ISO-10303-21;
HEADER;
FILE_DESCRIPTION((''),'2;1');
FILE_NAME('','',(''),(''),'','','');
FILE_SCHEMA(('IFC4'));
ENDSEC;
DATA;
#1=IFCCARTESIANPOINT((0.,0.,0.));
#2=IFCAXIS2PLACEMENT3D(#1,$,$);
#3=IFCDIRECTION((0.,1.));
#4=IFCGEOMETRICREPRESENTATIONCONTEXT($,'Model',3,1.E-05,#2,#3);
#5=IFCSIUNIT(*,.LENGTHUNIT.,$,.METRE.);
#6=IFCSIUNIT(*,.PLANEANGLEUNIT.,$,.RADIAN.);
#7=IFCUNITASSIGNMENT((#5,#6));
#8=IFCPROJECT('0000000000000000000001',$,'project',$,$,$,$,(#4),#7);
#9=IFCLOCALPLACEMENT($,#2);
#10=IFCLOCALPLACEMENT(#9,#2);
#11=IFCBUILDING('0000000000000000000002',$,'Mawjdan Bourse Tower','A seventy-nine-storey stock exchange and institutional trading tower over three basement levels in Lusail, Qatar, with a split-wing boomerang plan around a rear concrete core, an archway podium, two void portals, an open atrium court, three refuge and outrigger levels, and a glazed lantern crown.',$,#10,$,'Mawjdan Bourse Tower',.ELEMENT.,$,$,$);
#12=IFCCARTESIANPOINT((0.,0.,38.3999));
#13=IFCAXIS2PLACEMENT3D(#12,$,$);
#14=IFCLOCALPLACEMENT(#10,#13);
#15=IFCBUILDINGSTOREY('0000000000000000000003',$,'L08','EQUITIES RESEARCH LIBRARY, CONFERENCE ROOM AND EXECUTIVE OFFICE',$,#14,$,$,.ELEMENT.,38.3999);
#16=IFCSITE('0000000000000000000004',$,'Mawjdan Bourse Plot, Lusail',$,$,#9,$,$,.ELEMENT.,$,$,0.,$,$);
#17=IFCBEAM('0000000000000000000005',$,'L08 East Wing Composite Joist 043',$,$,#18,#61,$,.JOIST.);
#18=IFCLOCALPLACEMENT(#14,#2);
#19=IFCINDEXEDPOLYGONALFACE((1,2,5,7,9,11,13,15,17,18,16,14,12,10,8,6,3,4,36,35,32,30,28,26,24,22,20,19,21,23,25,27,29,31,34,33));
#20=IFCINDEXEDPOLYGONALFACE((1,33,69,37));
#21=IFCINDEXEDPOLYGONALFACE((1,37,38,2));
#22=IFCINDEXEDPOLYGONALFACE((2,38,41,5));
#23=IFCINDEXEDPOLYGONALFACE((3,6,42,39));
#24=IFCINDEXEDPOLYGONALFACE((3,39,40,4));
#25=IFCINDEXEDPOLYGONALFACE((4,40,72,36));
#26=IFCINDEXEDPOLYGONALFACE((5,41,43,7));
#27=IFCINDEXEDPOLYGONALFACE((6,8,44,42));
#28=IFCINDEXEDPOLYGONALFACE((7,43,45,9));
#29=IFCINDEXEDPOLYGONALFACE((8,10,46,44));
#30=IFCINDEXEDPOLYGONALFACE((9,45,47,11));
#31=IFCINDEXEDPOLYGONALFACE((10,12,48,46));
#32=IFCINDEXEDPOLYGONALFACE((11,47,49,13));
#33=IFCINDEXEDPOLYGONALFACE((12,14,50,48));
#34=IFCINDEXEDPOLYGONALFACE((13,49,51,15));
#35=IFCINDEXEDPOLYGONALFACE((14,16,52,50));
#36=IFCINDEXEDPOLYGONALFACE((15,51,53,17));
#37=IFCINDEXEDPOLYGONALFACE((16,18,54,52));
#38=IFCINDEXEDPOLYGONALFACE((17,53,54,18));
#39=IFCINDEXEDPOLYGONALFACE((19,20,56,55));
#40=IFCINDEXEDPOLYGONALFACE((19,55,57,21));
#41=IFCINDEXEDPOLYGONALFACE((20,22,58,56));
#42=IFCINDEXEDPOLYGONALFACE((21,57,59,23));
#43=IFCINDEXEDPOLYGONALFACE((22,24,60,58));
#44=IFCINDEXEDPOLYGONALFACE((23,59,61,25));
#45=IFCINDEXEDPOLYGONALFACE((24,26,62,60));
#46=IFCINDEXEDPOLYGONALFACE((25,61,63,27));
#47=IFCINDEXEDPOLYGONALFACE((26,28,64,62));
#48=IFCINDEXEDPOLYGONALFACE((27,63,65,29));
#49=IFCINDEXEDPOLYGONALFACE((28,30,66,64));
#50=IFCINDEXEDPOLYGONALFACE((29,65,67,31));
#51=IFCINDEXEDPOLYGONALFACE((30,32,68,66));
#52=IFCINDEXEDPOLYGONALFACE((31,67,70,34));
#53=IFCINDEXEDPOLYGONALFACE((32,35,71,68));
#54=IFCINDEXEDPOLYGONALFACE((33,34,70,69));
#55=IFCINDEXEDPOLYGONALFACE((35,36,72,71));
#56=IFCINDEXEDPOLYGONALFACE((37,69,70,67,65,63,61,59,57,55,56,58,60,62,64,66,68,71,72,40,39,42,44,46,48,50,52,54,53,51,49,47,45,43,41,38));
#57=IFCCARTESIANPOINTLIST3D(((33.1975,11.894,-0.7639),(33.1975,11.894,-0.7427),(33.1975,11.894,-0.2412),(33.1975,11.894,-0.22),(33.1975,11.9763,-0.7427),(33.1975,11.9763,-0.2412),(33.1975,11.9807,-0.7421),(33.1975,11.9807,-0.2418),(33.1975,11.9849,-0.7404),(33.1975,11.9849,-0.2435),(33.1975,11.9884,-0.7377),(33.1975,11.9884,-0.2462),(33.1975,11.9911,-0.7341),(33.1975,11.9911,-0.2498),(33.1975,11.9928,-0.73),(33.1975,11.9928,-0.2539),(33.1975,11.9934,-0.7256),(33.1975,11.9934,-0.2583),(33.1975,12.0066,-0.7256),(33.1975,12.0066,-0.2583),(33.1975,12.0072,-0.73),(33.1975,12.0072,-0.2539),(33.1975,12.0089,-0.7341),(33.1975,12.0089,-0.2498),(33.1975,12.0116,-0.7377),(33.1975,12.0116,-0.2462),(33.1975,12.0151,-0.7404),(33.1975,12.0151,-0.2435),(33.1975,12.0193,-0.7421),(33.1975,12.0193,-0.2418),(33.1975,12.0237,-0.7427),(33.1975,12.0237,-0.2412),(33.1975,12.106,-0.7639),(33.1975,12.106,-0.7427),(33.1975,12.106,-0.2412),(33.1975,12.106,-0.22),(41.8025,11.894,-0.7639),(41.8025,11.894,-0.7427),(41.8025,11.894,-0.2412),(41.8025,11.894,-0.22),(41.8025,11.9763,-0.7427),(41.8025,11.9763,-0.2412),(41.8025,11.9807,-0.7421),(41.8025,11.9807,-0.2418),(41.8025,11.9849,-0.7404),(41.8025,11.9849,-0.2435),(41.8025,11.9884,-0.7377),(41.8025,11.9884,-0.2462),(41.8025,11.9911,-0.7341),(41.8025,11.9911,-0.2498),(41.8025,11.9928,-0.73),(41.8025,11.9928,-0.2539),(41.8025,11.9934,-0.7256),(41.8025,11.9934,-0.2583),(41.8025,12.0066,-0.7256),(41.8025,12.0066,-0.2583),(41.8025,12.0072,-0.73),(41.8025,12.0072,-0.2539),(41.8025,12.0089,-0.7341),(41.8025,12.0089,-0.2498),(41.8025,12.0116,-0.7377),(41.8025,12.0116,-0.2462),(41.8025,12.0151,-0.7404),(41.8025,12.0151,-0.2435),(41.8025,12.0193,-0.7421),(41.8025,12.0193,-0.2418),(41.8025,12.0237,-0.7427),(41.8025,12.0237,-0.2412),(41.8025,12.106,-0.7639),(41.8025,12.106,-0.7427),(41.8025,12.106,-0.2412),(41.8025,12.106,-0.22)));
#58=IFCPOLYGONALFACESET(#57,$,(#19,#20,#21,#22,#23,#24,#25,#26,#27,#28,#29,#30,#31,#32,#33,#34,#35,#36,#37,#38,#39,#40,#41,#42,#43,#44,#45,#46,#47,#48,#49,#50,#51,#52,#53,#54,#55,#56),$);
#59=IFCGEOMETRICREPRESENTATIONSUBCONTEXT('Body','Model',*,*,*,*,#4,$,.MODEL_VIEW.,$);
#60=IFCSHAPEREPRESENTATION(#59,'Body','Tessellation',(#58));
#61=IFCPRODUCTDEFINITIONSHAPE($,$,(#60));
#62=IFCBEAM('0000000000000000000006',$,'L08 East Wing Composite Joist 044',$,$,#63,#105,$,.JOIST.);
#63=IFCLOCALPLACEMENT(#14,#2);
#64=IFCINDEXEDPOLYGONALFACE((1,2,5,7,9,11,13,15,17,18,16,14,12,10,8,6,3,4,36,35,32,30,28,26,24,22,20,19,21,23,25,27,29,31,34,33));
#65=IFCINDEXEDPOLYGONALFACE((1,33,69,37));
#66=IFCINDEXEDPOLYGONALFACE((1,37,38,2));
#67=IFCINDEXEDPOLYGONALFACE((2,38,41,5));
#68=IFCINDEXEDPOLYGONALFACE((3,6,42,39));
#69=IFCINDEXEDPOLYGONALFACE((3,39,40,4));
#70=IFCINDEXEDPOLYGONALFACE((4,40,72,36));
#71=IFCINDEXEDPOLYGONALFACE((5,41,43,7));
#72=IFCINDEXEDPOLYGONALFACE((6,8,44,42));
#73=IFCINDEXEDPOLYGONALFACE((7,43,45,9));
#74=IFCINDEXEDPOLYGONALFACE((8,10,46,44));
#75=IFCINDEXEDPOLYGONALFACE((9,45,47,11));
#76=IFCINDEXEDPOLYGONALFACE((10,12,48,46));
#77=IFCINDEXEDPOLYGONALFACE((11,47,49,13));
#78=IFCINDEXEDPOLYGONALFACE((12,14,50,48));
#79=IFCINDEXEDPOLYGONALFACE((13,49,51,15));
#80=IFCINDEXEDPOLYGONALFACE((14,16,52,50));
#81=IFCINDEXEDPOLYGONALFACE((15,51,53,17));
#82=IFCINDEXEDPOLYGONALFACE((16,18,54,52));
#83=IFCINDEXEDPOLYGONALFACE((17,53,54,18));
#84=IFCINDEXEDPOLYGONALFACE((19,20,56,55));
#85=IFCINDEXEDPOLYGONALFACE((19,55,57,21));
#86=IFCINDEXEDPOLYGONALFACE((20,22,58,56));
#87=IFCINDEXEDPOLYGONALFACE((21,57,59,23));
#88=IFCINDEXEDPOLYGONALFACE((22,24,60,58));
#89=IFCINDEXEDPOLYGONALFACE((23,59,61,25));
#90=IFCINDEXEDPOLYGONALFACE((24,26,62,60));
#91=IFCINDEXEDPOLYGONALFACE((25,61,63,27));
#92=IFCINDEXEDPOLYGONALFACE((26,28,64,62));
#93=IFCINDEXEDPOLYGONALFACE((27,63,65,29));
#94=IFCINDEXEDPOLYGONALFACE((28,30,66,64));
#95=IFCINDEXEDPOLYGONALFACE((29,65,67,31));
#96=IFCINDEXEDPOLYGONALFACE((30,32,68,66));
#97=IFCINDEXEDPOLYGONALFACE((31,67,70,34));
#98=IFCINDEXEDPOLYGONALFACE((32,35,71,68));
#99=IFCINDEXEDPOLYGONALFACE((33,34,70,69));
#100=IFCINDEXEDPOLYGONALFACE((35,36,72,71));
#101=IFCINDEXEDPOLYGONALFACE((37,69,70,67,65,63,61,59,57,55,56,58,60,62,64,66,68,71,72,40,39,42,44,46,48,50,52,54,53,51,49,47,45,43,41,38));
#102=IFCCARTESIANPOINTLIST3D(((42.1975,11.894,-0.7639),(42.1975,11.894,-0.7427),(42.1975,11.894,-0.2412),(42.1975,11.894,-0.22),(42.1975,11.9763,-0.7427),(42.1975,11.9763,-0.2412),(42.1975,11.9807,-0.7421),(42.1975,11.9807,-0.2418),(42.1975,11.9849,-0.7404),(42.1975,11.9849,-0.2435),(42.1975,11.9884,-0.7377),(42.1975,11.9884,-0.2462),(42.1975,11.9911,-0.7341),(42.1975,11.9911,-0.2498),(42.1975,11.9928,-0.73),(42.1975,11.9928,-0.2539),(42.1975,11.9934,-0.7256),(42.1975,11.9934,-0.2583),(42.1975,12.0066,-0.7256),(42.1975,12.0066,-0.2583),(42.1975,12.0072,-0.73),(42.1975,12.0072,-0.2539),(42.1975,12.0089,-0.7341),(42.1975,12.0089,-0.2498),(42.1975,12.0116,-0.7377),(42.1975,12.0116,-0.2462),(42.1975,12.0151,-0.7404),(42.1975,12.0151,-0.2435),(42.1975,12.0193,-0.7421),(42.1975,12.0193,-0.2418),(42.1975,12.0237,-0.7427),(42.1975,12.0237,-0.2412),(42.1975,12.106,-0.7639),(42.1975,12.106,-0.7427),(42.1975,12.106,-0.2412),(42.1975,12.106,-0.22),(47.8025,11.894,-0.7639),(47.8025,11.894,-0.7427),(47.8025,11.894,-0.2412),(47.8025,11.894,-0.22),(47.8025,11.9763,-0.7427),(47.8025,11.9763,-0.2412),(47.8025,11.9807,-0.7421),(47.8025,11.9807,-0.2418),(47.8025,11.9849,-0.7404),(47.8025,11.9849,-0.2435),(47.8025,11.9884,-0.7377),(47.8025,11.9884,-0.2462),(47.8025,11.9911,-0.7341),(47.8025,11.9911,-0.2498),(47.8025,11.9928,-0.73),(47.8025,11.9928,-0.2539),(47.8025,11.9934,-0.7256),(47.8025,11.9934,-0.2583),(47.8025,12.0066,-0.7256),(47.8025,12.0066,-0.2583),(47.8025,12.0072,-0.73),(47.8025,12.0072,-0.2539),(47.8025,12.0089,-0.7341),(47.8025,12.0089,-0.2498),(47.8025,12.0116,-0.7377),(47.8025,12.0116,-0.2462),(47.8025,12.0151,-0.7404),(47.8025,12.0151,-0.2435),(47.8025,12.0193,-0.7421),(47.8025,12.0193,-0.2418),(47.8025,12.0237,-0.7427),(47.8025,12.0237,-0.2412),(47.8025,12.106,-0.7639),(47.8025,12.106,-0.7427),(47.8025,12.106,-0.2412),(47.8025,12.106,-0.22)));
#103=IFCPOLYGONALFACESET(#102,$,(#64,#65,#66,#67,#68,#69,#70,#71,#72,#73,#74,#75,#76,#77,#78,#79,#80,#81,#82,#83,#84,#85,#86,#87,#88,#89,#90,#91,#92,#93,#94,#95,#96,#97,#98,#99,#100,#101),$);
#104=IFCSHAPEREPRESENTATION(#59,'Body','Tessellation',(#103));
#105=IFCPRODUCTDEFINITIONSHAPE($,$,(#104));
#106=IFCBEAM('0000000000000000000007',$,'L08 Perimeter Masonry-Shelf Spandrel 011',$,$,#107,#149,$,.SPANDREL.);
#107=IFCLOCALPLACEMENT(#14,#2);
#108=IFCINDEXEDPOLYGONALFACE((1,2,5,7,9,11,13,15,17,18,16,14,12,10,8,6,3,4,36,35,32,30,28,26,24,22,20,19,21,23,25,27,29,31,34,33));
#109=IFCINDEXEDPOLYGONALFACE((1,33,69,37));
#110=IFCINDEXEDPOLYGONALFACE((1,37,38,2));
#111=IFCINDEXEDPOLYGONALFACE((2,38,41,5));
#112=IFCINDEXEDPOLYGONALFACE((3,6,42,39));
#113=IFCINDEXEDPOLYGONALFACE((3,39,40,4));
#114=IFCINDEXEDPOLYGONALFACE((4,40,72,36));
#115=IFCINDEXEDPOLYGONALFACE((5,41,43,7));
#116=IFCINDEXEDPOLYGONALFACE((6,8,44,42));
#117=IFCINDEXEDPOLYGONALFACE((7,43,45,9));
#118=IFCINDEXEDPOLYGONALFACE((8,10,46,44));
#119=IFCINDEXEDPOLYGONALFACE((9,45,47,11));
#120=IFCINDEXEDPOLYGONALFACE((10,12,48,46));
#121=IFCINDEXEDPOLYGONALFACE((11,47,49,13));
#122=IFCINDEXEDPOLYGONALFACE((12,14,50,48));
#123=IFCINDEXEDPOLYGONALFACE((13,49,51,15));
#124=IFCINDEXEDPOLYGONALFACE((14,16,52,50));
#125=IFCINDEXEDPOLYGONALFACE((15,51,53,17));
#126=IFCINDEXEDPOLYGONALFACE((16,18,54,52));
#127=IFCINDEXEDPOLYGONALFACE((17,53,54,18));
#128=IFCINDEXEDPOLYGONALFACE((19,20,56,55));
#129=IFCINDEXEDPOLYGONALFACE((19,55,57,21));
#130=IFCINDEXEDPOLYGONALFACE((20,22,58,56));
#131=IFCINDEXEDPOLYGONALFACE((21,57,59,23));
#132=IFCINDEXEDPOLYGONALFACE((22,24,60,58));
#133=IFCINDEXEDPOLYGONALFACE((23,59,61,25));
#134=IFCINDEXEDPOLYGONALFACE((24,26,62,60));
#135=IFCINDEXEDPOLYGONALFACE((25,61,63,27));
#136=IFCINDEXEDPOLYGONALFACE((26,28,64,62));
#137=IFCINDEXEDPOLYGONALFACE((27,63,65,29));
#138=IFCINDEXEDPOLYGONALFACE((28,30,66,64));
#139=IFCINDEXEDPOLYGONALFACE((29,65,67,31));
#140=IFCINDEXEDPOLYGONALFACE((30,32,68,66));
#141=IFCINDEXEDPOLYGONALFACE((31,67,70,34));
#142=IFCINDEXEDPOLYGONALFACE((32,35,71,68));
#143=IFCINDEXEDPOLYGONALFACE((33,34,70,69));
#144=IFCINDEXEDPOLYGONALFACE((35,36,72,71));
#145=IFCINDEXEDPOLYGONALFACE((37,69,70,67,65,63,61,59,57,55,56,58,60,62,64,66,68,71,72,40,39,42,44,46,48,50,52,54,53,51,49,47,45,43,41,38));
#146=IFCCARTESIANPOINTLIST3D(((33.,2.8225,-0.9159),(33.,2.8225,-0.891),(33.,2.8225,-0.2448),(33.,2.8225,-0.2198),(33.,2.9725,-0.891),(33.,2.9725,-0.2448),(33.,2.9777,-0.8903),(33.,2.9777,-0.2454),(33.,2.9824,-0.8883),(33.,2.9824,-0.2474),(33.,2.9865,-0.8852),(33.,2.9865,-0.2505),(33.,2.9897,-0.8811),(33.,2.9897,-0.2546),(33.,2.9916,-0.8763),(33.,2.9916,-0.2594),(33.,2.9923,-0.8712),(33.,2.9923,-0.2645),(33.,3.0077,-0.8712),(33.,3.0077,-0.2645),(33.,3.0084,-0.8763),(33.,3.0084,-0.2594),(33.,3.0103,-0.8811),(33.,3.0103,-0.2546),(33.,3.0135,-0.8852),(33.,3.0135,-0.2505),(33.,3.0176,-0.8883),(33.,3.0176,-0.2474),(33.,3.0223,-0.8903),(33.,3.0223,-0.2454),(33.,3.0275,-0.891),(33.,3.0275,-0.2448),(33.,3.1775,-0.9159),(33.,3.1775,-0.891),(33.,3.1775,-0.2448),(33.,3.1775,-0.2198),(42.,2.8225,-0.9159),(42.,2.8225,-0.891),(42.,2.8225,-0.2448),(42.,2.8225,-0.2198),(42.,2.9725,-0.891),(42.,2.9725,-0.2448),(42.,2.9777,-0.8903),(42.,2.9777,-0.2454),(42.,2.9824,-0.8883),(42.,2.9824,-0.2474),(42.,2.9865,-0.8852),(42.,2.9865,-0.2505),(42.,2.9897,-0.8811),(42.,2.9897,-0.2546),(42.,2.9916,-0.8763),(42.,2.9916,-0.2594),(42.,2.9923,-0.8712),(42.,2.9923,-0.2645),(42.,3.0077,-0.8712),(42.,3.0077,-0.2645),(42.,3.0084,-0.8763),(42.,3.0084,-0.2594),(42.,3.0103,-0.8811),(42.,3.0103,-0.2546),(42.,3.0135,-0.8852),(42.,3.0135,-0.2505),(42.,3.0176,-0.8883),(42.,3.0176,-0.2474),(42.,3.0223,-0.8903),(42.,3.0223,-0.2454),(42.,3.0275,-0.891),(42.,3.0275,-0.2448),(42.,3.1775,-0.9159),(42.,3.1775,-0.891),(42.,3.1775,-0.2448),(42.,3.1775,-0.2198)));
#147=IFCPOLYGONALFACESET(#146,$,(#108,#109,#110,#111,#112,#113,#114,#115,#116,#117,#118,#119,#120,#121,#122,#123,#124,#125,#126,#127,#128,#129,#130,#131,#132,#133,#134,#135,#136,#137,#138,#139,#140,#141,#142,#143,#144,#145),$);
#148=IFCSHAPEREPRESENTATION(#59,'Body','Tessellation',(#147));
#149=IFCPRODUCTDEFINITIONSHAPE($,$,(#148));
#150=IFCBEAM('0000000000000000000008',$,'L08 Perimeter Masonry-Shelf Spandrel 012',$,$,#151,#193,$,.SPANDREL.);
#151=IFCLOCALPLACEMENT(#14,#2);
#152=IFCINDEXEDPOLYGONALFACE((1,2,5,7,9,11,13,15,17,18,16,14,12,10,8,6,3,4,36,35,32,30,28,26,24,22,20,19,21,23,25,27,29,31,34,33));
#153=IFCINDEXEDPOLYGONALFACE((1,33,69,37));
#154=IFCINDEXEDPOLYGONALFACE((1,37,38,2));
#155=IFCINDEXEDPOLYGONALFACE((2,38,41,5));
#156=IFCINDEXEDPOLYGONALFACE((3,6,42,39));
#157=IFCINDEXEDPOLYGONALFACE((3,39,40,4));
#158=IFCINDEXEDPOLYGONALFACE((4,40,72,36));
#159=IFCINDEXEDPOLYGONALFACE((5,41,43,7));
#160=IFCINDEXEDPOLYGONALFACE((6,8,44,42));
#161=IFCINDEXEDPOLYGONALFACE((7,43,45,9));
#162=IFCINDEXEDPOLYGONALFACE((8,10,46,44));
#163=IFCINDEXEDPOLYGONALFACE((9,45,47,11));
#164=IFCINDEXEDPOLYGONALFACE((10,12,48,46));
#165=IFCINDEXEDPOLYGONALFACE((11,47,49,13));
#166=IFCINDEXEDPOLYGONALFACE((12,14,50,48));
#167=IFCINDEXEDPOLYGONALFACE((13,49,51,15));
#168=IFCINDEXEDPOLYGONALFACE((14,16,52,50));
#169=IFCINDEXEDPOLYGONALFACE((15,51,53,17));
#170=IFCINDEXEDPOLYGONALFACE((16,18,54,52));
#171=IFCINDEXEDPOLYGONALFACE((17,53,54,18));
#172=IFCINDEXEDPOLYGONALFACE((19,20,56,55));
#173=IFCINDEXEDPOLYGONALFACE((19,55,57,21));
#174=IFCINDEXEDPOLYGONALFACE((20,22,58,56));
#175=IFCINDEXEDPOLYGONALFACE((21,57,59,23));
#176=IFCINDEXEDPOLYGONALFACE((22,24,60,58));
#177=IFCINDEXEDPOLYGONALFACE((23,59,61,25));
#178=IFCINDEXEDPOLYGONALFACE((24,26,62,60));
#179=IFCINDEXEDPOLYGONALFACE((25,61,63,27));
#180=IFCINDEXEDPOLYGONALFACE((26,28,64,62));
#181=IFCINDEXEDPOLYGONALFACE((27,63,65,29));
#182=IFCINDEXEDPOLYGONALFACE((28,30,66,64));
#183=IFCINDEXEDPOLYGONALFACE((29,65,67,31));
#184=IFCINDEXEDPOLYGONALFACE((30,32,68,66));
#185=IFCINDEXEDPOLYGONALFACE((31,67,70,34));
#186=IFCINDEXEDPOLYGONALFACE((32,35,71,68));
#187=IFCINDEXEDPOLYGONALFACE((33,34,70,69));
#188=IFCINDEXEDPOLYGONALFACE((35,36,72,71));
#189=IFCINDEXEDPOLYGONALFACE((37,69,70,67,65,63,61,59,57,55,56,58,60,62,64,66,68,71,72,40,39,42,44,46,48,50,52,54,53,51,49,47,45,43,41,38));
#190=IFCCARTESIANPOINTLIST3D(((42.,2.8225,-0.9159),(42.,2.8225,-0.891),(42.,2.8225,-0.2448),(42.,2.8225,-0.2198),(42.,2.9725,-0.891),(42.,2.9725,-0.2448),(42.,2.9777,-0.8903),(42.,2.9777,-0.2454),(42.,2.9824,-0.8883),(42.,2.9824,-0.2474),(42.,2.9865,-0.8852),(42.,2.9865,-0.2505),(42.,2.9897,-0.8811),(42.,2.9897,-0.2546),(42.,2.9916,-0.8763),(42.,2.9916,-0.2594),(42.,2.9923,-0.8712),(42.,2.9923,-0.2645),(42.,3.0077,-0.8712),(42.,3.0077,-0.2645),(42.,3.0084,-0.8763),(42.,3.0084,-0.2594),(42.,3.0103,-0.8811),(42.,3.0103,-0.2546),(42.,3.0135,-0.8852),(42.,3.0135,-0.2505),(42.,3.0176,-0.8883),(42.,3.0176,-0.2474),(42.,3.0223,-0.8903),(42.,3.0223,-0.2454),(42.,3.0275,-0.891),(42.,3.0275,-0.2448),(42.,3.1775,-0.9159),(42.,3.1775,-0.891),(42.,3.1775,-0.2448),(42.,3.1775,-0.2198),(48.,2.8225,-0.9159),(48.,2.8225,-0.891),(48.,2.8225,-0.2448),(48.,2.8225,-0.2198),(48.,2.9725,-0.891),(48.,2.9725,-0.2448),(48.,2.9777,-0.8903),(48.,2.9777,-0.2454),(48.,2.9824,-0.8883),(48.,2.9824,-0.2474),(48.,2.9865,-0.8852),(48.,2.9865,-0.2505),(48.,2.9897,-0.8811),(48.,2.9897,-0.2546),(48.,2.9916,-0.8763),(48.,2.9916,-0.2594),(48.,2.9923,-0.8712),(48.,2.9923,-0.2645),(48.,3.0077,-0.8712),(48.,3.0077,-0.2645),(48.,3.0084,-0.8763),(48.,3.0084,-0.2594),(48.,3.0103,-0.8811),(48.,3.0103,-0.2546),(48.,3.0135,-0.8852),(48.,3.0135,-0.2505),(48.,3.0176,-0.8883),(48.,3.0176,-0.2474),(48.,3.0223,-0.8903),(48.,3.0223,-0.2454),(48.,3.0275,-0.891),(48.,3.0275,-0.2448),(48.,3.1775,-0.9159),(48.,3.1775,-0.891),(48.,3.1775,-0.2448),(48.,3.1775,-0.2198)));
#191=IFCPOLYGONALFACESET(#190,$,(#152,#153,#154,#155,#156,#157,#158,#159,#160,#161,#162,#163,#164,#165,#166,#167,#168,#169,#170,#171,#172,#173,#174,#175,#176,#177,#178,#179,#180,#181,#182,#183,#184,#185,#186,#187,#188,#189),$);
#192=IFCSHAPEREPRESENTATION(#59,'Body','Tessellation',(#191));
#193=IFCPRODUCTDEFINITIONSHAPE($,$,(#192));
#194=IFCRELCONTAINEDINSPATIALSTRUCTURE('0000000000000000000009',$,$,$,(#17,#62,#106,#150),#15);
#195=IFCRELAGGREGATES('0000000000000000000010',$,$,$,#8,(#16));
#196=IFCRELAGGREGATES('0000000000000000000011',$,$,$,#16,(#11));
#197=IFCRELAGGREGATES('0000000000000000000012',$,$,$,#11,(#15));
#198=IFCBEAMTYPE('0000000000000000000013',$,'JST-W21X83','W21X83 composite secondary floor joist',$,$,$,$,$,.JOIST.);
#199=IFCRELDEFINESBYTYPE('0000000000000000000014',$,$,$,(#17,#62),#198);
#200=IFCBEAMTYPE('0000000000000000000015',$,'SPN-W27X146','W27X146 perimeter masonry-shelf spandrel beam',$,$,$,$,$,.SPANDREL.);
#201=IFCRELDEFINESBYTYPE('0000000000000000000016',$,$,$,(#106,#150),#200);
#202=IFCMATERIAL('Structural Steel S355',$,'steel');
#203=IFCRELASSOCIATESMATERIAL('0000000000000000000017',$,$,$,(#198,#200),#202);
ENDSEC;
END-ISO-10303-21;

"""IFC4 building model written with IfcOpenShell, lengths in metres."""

from ifc_helpers import new_model, si_unit, direction, frame, origin, origin_2d, place, context, subcontext, project, spatial, i_section, extrude, material, material_profile, profile_set, type_object, element, save


model = new_model("IFC4")

# Units and contexts
model_context = context("Model", 3, precision=1e-05, world=origin(), true_north=direction((0.0, 1.0)))
body_context = subcontext(model_context, "Body", "Model", "MODEL_VIEW")
ifc_project = project(units=[si_unit("LENGTHUNIT", "METRE"), si_unit("PLANEANGLEUNIT", "RADIAN")], contexts=[model_context])

# Site, building, storey
site_placement = place(None, origin())
site = spatial("IfcSite", under=ifc_project, at=site_placement, Name="Mawjdan Bourse Plot, Lusail", CompositionType="ELEMENT", RefElevation=0.0)
building_placement = place(site_placement, origin())
building = spatial("IfcBuilding", under=site, at=building_placement, Name="Mawjdan Bourse Tower", Description="A seventy-nine-storey stock exchange and institutional trading tower over three basement levels in Lusail, Qatar, with a split-wing boomerang plan around a rear concrete core, an archway podium, two void portals, an open atrium court, three refuge and outrigger levels, and a glazed lantern crown.", LongName="Mawjdan Bourse Tower", CompositionType="ELEMENT")
storey_placement = place(building_placement, frame((0.0, 0.0, 38.3999)))
storey = spatial("IfcBuildingStorey", under=building, at=storey_placement, Name="L08", Description="EQUITIES RESEARCH LIBRARY, CONFERENCE ROOM AND EXECUTIVE OFFICE", CompositionType="ELEMENT", Elevation=38.3999)

# Beams
ifc_material_1 = material(Name="Structural Steel S355", Category="steel")
ifc_material_profile_1 = material_profile(ifc_material_1, i_section(OverallWidth=0.2119, OverallDepth=0.5439, WebThickness=0.0132, FlangeThickness=0.0212, FilletRadius=0.0171, at=origin_2d()), Name="W21X83")
ifc_profile_set_1 = profile_set([ifc_material_profile_1], Name="Structural Steel S355")
beam_type_1 = type_object("IfcBeamType", Name="JST-W21X83", Description="W21X83 composite secondary floor joist", PredefinedType="JOIST", material=ifc_profile_set_1)
beam_1_placement = place(storey_placement, frame((33.1975, 12.0, -0.4919), z_axis=(1.0, 0.0, 0.0), x_axis=(0.0, 1.0, 0.0)))
element("IfcBeam", 1, at=beam_1_placement, inside=storey, type_object=beam_type_1, Name="L08 East Wing Composite Joist 043", PredefinedType="JOIST", context=body_context, shape_type="SweptSolid", body=[
    extrude(i_section(OverallWidth=0.2119, OverallDepth=0.5439, WebThickness=0.0132, FlangeThickness=0.0212, FilletRadius=0.0171, at=origin_2d()), origin(), (0.0, 0.0, 1.0), 8.605),
])
beam_2_placement = place(storey_placement, frame((42.1975, 12.0, -0.4919), z_axis=(1.0, 0.0, 0.0), x_axis=(0.0, 1.0, 0.0)))
element("IfcBeam", 2, at=beam_2_placement, inside=storey, type_object=beam_type_1, Name="L08 East Wing Composite Joist 044", PredefinedType="JOIST", context=body_context, shape_type="SweptSolid", body=[
    extrude(i_section(OverallWidth=0.2119, OverallDepth=0.5439, WebThickness=0.0132, FlangeThickness=0.0212, FilletRadius=0.0171, at=origin_2d()), origin(), (0.0, 0.0, 1.0), 5.605),
])
ifc_material_profile_2 = material_profile(ifc_material_1, i_section(OverallWidth=0.355, OverallDepth=0.696, WebThickness=0.0154, FlangeThickness=0.0249, FilletRadius=0.0198, at=origin_2d()), Name="W27X146")
ifc_profile_set_2 = profile_set([ifc_material_profile_2], Name="Structural Steel S355")
beam_type_2 = type_object("IfcBeamType", Name="SPN-W27X146", Description="W27X146 perimeter masonry-shelf spandrel beam", PredefinedType="SPANDREL", material=ifc_profile_set_2)
beam_3_placement = place(storey_placement, frame((33.0, 3.0, -0.5679), z_axis=(1.0, 0.0, 0.0), x_axis=(0.0, 1.0, 0.0)))
element("IfcBeam", 3, at=beam_3_placement, inside=storey, type_object=beam_type_2, Name="L08 Perimeter Masonry-Shelf Spandrel 011", PredefinedType="SPANDREL", context=body_context, shape_type="SweptSolid", body=[
    extrude(i_section(OverallWidth=0.355, OverallDepth=0.696, WebThickness=0.0154, FlangeThickness=0.0249, FilletRadius=0.0198, at=origin_2d()), origin(), (0.0, 0.0, 1.0), 9.0),
])
beam_4_placement = place(storey_placement, frame((42.0, 3.0, -0.5679), z_axis=(1.0, 0.0, 0.0), x_axis=(0.0, 1.0, 0.0)))
element("IfcBeam", 4, at=beam_4_placement, inside=storey, type_object=beam_type_2, Name="L08 Perimeter Masonry-Shelf Spandrel 012", PredefinedType="SPANDREL", context=body_context, shape_type="SweptSolid", body=[
    extrude(i_section(OverallWidth=0.355, OverallDepth=0.696, WebThickness=0.0154, FlangeThickness=0.0249, FilletRadius=0.0198, at=origin_2d()), origin(), (0.0, 0.0, 1.0), 6.0),
])

save(model, "model.ifc")
